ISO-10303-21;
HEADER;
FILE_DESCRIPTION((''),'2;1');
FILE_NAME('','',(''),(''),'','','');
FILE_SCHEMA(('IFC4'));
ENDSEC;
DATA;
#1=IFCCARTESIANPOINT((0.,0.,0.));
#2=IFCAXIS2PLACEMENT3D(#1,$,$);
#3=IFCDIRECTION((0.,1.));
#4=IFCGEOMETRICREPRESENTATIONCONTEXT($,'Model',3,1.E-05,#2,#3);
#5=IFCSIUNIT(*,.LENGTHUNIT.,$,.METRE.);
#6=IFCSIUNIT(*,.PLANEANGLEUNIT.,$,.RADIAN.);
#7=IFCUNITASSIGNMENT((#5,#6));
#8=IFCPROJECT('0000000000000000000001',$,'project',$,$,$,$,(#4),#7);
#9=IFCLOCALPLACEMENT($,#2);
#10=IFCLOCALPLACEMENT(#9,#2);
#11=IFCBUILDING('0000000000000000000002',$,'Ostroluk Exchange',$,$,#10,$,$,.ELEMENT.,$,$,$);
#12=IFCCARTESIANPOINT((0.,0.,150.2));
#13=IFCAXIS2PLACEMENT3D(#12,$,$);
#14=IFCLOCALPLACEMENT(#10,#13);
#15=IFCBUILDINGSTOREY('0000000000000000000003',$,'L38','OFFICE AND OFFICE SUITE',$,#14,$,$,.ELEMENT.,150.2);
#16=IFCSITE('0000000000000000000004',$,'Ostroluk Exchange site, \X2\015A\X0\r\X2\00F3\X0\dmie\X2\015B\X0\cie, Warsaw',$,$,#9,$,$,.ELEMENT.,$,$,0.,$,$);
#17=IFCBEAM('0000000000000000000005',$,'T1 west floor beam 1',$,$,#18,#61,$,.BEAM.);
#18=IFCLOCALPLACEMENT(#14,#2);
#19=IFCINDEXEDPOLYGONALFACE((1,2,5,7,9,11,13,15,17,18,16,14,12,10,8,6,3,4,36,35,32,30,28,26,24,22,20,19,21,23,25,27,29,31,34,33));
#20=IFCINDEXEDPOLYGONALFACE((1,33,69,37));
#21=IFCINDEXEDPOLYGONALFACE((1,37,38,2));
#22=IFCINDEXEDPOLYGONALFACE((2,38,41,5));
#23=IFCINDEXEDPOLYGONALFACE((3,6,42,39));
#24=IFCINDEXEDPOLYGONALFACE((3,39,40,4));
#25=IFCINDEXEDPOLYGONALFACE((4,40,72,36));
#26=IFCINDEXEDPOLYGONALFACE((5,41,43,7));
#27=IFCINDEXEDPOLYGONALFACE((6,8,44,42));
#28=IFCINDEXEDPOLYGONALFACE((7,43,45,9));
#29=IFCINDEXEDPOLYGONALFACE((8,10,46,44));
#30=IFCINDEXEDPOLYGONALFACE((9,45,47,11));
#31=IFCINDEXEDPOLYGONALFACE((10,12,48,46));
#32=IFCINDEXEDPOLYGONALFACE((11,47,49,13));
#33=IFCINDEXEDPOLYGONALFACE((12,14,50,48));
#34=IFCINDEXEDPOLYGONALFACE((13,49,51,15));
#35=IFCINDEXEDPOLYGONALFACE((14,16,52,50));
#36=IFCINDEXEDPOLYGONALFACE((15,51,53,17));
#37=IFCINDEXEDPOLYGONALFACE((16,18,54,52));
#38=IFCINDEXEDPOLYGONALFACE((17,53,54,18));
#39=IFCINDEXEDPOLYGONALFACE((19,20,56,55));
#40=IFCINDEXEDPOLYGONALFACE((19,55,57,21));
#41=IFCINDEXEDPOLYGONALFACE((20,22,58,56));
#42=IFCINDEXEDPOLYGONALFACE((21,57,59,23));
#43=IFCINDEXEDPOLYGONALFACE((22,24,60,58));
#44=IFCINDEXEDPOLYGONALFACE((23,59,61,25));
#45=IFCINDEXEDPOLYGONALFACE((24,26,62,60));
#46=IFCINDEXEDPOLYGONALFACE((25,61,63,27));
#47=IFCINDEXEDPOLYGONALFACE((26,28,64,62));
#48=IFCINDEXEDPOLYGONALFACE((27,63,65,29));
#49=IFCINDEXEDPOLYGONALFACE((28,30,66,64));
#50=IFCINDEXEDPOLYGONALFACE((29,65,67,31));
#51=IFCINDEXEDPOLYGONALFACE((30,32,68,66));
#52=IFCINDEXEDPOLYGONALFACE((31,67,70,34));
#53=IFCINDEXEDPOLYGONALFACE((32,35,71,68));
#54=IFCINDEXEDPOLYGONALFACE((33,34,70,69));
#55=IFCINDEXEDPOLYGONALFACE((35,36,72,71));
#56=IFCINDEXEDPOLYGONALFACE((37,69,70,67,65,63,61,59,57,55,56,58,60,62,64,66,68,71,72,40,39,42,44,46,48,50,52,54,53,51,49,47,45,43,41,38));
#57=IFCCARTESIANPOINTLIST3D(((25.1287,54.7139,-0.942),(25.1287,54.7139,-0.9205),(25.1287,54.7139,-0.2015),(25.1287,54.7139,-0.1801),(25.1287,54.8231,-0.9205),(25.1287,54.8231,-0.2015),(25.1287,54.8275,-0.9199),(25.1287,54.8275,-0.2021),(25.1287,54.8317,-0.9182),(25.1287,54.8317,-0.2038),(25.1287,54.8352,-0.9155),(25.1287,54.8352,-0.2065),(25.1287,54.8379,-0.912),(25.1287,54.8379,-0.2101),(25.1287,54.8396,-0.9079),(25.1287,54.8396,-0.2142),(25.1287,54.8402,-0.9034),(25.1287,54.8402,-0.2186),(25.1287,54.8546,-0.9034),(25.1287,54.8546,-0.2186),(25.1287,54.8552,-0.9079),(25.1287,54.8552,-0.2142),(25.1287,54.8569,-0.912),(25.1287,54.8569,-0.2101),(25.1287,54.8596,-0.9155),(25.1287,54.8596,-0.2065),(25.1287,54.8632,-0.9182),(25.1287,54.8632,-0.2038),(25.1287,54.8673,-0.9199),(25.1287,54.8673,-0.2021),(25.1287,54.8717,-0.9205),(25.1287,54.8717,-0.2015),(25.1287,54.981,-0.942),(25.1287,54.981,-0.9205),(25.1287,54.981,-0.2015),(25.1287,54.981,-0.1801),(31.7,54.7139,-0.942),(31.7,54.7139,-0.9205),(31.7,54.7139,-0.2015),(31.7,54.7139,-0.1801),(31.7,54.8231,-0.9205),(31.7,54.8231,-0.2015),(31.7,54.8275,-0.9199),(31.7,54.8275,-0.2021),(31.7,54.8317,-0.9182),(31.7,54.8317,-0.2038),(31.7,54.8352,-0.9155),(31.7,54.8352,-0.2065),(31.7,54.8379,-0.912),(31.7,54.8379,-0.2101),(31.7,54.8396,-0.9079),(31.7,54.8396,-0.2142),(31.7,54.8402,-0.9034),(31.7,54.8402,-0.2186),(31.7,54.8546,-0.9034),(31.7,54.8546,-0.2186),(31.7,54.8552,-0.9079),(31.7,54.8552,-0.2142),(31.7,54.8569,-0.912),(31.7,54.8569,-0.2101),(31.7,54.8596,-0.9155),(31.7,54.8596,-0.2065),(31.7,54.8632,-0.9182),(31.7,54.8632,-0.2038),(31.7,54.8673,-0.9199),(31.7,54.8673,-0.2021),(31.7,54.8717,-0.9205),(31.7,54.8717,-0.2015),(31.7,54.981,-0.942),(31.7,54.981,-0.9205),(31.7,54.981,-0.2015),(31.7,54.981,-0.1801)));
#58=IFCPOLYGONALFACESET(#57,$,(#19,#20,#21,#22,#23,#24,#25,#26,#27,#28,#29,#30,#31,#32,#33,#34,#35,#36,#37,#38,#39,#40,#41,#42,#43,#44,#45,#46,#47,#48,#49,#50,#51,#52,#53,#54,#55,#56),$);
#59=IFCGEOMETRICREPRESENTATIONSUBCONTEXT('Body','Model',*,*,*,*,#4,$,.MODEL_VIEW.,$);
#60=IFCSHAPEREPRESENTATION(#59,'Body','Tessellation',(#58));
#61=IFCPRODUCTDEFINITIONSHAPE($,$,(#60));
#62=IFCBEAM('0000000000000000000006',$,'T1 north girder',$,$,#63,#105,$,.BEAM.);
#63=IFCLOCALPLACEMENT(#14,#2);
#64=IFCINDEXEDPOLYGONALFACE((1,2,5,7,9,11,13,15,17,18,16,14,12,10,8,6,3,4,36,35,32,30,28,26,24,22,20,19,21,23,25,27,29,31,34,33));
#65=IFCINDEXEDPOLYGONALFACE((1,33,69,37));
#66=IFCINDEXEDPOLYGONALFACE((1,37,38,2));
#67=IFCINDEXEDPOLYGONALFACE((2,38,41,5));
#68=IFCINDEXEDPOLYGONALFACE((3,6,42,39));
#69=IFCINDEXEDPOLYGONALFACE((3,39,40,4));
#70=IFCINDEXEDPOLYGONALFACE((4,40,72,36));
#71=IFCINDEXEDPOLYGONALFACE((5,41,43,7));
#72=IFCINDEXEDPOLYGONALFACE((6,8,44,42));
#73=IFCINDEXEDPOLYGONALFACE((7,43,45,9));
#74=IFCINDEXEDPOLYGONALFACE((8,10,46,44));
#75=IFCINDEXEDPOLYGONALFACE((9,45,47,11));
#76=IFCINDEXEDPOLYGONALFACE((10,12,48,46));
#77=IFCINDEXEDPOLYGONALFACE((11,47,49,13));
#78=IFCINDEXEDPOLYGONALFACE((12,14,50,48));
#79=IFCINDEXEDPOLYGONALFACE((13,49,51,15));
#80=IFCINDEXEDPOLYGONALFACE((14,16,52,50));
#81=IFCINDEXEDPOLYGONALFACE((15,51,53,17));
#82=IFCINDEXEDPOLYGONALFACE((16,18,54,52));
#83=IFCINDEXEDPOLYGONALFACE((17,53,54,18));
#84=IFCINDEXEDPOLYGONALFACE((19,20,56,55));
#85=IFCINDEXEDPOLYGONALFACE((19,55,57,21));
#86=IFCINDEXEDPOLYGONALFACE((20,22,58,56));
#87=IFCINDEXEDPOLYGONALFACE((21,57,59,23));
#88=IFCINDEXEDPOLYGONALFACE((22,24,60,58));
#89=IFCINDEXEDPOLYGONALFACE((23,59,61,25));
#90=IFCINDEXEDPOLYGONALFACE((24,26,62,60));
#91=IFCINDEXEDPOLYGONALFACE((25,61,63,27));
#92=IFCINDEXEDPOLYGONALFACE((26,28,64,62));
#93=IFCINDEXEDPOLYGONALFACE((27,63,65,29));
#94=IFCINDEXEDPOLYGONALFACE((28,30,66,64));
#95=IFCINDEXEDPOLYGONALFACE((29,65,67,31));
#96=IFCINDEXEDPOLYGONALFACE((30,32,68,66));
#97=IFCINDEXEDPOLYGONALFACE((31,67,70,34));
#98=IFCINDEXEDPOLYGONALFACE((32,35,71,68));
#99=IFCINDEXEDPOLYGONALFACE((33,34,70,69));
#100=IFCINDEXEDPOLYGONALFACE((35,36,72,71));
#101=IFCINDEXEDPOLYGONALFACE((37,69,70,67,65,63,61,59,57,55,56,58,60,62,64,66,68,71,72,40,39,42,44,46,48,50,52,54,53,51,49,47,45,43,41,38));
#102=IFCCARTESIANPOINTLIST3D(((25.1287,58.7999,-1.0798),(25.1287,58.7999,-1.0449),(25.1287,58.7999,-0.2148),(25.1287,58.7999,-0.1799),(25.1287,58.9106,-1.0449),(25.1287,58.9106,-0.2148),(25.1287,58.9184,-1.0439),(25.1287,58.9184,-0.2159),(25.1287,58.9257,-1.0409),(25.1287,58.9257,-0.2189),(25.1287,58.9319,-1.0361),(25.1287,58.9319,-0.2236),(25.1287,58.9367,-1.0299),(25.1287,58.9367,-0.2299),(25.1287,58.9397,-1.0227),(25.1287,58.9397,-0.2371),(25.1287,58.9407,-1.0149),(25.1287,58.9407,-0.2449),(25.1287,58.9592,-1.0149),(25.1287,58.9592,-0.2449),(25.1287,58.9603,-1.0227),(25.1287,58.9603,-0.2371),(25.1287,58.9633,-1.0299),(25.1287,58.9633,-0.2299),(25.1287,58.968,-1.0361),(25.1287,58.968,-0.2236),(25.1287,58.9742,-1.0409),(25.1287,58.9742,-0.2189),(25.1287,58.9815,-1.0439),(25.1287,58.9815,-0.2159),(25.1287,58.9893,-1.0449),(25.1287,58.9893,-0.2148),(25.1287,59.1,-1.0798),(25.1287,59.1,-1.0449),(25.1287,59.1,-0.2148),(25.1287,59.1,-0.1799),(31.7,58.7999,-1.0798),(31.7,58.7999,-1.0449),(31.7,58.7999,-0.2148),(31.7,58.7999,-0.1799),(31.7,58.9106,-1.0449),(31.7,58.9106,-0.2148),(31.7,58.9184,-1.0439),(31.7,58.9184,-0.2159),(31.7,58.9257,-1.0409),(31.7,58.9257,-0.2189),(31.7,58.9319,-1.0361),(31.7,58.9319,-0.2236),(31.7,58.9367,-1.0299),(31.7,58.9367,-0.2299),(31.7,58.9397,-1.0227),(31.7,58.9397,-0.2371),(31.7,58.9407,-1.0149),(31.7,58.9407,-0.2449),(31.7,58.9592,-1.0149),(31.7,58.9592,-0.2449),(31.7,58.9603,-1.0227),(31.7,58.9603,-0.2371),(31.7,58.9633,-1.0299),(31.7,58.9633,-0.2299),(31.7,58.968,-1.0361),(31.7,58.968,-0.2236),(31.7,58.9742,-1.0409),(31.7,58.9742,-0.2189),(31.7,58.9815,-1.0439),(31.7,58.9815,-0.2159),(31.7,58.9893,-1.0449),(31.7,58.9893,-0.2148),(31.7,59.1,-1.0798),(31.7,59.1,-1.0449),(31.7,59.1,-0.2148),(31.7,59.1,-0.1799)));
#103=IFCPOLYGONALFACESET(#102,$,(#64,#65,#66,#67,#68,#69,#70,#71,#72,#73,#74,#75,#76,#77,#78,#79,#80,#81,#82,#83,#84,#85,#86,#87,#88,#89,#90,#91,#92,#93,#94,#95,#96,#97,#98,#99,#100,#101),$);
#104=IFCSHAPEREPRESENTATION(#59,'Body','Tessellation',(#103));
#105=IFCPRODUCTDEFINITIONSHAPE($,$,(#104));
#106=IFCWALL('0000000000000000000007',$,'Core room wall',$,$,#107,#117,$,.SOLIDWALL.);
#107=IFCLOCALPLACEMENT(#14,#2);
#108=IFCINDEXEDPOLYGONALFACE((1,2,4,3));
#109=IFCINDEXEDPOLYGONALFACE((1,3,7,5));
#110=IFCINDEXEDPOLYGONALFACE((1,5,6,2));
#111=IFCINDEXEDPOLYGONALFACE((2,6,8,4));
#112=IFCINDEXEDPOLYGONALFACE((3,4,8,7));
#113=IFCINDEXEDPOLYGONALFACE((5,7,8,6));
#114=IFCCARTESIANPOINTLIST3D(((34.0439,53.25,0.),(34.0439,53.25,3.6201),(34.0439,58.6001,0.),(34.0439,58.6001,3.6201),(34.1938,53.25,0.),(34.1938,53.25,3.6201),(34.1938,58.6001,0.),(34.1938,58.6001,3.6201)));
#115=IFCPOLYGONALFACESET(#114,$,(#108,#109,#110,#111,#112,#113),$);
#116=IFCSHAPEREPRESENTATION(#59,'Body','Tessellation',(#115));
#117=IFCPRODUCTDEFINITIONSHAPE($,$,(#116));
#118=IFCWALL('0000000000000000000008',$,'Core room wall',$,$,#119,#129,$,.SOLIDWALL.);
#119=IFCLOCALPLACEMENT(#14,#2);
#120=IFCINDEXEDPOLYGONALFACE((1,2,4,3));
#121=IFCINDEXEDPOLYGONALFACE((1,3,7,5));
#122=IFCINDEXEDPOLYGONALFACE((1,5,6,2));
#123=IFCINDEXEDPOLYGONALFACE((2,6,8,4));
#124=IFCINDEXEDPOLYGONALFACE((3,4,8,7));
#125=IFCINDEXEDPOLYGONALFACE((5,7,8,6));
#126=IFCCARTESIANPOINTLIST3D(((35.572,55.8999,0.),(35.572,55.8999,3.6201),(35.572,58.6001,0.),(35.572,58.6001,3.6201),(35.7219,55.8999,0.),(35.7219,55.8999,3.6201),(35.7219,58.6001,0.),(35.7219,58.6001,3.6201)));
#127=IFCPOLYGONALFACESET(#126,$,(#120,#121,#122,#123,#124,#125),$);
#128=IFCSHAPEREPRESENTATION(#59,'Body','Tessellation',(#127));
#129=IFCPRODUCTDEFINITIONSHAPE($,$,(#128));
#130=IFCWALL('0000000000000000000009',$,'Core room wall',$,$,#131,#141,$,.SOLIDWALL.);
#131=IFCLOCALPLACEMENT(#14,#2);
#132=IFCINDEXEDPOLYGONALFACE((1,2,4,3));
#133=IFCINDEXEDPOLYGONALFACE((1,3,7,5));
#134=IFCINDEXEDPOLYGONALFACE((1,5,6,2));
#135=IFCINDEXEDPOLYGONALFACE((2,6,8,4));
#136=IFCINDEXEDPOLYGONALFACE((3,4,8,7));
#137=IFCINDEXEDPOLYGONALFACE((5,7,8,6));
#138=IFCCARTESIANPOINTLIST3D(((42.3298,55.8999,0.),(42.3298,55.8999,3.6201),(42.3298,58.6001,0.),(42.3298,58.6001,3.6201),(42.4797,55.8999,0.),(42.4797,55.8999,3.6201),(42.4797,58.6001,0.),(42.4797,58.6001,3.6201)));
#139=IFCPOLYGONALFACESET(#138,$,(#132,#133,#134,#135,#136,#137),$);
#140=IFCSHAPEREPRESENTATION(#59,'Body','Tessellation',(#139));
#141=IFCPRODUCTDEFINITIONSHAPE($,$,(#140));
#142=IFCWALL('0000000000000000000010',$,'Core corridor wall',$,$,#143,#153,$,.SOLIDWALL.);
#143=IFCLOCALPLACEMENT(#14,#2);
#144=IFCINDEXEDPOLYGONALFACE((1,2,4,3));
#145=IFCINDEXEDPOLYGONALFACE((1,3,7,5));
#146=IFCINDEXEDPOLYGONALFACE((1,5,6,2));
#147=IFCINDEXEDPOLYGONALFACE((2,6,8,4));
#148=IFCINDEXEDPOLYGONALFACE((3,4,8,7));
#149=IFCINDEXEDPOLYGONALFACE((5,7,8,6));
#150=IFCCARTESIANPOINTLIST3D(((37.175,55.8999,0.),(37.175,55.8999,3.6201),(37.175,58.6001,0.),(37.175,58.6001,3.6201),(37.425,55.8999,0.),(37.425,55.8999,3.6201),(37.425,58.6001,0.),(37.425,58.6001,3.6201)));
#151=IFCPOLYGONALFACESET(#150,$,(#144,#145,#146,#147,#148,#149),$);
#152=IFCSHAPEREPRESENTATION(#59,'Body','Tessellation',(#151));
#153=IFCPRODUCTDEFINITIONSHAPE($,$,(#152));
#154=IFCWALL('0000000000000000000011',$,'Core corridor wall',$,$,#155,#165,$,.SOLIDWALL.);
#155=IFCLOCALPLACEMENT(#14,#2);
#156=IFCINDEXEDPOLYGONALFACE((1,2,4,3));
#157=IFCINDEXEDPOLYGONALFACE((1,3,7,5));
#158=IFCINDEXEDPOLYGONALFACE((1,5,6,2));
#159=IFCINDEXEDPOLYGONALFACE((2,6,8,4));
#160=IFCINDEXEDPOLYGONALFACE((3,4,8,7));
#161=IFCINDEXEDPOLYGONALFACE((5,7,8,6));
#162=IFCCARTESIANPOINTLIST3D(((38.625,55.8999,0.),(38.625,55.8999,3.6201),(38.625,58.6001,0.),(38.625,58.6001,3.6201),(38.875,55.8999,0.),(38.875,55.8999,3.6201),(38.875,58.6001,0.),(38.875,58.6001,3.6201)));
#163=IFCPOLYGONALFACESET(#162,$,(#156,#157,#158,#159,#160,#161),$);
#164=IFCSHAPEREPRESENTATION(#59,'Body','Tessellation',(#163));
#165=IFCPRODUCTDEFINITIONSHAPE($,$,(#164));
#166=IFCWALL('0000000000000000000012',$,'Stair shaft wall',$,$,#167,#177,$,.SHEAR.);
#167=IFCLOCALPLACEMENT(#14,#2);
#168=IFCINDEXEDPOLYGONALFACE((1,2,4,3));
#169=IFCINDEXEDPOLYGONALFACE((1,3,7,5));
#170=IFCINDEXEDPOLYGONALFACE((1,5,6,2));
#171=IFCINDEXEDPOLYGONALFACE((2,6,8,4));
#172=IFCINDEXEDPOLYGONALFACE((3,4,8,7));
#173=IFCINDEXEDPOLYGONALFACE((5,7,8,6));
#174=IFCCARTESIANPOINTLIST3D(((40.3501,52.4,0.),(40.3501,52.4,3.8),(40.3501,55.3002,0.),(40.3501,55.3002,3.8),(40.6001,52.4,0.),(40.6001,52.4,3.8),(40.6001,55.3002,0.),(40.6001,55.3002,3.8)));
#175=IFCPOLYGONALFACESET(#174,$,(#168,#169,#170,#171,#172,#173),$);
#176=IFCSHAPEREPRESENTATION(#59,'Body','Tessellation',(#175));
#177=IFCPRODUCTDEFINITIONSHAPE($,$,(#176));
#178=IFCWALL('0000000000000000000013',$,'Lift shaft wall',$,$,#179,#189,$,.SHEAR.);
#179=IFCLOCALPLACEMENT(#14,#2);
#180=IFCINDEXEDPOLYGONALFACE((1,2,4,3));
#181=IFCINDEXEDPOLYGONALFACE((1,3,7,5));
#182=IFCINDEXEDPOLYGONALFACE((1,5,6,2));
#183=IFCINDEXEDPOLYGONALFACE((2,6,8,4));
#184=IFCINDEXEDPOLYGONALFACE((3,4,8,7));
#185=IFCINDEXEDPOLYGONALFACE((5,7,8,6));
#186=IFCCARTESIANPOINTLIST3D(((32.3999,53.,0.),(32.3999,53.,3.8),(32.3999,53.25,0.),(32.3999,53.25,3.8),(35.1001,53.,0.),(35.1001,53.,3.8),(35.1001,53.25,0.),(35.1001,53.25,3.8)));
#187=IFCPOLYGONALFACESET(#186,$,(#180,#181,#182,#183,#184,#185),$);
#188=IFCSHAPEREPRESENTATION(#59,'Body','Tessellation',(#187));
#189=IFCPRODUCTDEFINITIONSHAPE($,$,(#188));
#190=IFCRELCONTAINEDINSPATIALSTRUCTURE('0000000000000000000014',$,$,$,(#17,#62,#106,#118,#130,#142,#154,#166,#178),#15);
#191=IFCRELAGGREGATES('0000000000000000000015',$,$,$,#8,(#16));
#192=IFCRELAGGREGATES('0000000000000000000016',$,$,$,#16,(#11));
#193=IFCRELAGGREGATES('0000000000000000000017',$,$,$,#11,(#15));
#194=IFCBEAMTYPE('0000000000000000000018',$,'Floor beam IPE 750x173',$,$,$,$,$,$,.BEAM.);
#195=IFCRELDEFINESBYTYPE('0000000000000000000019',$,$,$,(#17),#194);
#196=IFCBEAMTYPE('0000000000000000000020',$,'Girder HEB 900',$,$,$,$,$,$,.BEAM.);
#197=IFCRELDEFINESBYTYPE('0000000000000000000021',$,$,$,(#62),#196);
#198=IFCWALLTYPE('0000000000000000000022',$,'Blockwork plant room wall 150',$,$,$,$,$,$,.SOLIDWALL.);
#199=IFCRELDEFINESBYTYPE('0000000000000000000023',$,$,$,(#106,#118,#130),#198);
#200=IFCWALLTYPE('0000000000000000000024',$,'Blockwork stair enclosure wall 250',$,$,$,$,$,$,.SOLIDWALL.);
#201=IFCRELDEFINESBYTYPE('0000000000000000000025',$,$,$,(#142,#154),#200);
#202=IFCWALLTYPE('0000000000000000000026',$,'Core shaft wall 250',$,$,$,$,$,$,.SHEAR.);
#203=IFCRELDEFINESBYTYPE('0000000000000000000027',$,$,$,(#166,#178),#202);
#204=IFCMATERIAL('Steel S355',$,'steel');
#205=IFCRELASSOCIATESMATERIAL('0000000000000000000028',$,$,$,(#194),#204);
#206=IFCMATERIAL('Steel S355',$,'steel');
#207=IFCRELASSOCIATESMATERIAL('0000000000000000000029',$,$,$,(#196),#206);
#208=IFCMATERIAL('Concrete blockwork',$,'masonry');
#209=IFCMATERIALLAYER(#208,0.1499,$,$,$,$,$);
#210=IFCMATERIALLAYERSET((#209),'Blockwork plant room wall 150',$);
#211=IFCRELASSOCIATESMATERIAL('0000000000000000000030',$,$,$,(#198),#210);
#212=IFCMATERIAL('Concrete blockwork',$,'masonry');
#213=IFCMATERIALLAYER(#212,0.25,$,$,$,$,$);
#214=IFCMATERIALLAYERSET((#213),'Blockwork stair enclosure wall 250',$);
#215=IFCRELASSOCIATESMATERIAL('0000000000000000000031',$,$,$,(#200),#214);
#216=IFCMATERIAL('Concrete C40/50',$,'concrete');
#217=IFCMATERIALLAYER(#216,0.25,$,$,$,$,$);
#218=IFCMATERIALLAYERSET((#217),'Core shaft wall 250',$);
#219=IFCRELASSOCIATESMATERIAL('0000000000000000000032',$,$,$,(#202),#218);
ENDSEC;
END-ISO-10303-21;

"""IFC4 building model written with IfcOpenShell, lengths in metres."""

from ifc_helpers import new_model, si_unit, direction, frame, frame_2d, origin, origin_2d, place, context, subcontext, project, spatial, rectangle, i_section, extrude, material, layer, layer_set, material_profile, profile_set, type_object, element, save


model = new_model("IFC4")

# Units and contexts
model_context = context("Model", 3, precision=1e-05, world=origin(), true_north=direction((0.0, 1.0)))
body_context = subcontext(model_context, "Body", "Model", "MODEL_VIEW")
ifc_project = project(units=[si_unit("LENGTHUNIT", "METRE"), si_unit("PLANEANGLEUNIT", "RADIAN")], contexts=[model_context])

# Site, building, storey
site_placement = place(None, origin())
site = spatial("IfcSite", under=ifc_project, at=site_placement, Name="Ostroluk Exchange site, Śródmieście, Warsaw", CompositionType="ELEMENT", RefElevation=0.0)
building_placement = place(site_placement, origin())
building = spatial("IfcBuilding", under=site, at=building_placement, Name="Ostroluk Exchange", CompositionType="ELEMENT")
storey_placement = place(building_placement, frame((0.0, 0.0, 150.2)))
storey = spatial("IfcBuildingStorey", under=building, at=storey_placement, Name="L38", Description="OFFICE AND OFFICE SUITE", CompositionType="ELEMENT", Elevation=150.2)

# Beams
ifc_material_1 = material(Name="Steel S355", Category="steel")
ifc_material_profile_1 = material_profile(ifc_material_1, i_section(OverallWidth=0.2671, OverallDepth=0.762, WebThickness=0.0144, FlangeThickness=0.0215, FilletRadius=0.0171, at=origin_2d()), Name="IPE 750x173")
ifc_profile_set_1 = profile_set([ifc_material_profile_1], Name="Steel S355")
beam_type_1 = type_object("IfcBeamType", Name="Floor beam IPE 750x173", PredefinedType="BEAM", material=ifc_profile_set_1)
beam_1_placement = place(storey_placement, frame((31.7, 54.8474, -0.561), z_axis=(-1.0, 0.0, 0.0), x_axis=(0.0, -1.0, 0.0)))
element("IfcBeam", 1, at=beam_1_placement, inside=storey, type_object=beam_type_1, Name="T1 west floor beam 1", PredefinedType="BEAM", context=body_context, shape_type="SweptSolid", body=[
    extrude(i_section(OverallWidth=0.2671, OverallDepth=0.762, WebThickness=0.0144, FlangeThickness=0.0215, FilletRadius=0.0171, at=origin_2d()), origin(), (0.0, 0.0, 1.0), 6.5713),
])
ifc_material_2 = material(Name="Steel S355", Category="steel")
ifc_material_profile_2 = material_profile(ifc_material_2, i_section(OverallWidth=0.3, OverallDepth=0.8999, WebThickness=0.0186, FlangeThickness=0.0349, FilletRadius=0.03, at=origin_2d()), Name="HEB 900")
ifc_profile_set_2 = profile_set([ifc_material_profile_2], Name="Steel S355")
beam_type_2 = type_object("IfcBeamType", Name="Girder HEB 900", PredefinedType="BEAM", material=ifc_profile_set_2)
beam_2_placement = place(storey_placement, frame((31.7, 58.95, -0.6299), z_axis=(-1.0, 0.0, 0.0), x_axis=(0.0, -1.0, 0.0)))
element("IfcBeam", 2, at=beam_2_placement, inside=storey, type_object=beam_type_2, Name="T1 north girder", PredefinedType="BEAM", context=body_context, shape_type="SweptSolid", body=[
    extrude(i_section(OverallWidth=0.3, OverallDepth=0.8999, WebThickness=0.0186, FlangeThickness=0.0349, FilletRadius=0.03, at=origin_2d()), origin(), (0.0, 0.0, 1.0), 6.5713),
])

# Walls
ifc_material_3 = material(Name="Concrete blockwork", Category="masonry")
ifc_layer_1 = layer(ifc_material_3, 0.1499)
ifc_layer_set_1 = layer_set([ifc_layer_1], Name="Blockwork plant room wall 150")
wall_type_1 = type_object("IfcWallType", Name="Blockwork plant room wall 150", PredefinedType="SOLIDWALL", material=ifc_layer_set_1)
wall_1_placement = place(storey_placement, frame((34.1189, 53.25, 0.0), z_axis=(0.0, 0.0, 1.0), x_axis=(0.0, 1.0, 0.0)))
element("IfcWall", 3, at=wall_1_placement, inside=storey, type_object=wall_type_1, Name="Core room wall", PredefinedType="SOLIDWALL", context=body_context, shape_type="SweptSolid", body=[
    extrude(rectangle(XDim=5.3501, YDim=0.1499, at=frame_2d((2.675, 0.0))), origin(), (0.0, 0.0, 1.0), 3.6201),
])
for number, where, z_axis, x_axis, name in (
    (4, (35.647, 55.8999, 0.0), (0.0, 0.0, 1.0), (0.0, 1.0, 0.0), "Core room wall"),
    (5, (42.4048, 55.8999, 0.0), (0.0, 0.0, 1.0), (0.0, 1.0, 0.0), "Core room wall"),
):
    element("IfcWall", number, at=place(storey_placement, frame(where, z_axis=z_axis, x_axis=x_axis)), inside=storey, type_object=wall_type_1, Name=name, PredefinedType="SOLIDWALL", context=body_context, shape_type="SweptSolid", body=[
        extrude(rectangle(XDim=2.7002, YDim=0.1499, at=frame_2d((1.3501, 0.0))), origin(), (0.0, 0.0, 1.0), 3.6201),
    ])
ifc_material_4 = material(Name="Concrete blockwork", Category="masonry")
ifc_layer_2 = layer(ifc_material_4, 0.25)
ifc_layer_set_2 = layer_set([ifc_layer_2], Name="Blockwork stair enclosure wall 250")
wall_type_2 = type_object("IfcWallType", Name="Blockwork stair enclosure wall 250", PredefinedType="SOLIDWALL", material=ifc_layer_set_2)
for number, where, z_axis, x_axis, name in (
    (6, (37.3, 55.8999, 0.0), (0.0, 0.0, 1.0), (0.0, 1.0, 0.0), "Core corridor wall"),
    (7, (38.75, 55.8999, 0.0), (0.0, 0.0, 1.0), (0.0, 1.0, 0.0), "Core corridor wall"),
):
    element("IfcWall", number, at=place(storey_placement, frame(where, z_axis=z_axis, x_axis=x_axis)), inside=storey, type_object=wall_type_2, Name=name, PredefinedType="SOLIDWALL", context=body_context, shape_type="SweptSolid", body=[
        extrude(rectangle(XDim=2.7002, YDim=0.25, at=frame_2d((1.3501, 0.0))), origin(), (0.0, 0.0, 1.0), 3.6201),
    ])
ifc_material_5 = material(Name="Concrete C40/50", Category="concrete")
ifc_layer_3 = layer(ifc_material_5, 0.25)
ifc_layer_set_3 = layer_set([ifc_layer_3], Name="Core shaft wall 250")
wall_type_3 = type_object("IfcWallType", Name="Core shaft wall 250", PredefinedType="SHEAR", material=ifc_layer_set_3)
wall_2_placement = place(storey_placement, frame((40.4751, 52.3999, 0.0), z_axis=(0.0, 0.0, 1.0), x_axis=(0.0, 1.0, 0.0)))
element("IfcWall", 8, at=wall_2_placement, inside=storey, type_object=wall_type_3, Name="Stair shaft wall", PredefinedType="SHEAR", context=body_context, shape_type="SweptSolid", body=[
    extrude(rectangle(XDim=2.9001, YDim=0.25, at=frame_2d((1.4502, 0.0))), origin(), (0.0, 0.0, 1.0), 3.8),
])
wall_3_placement = place(storey_placement, frame((32.3999, 53.125, 0.0), z_axis=(0.0, 0.0, 1.0), x_axis=(1.0, 0.0, 0.0)))
element("IfcWall", 9, at=wall_3_placement, inside=storey, type_object=wall_type_3, Name="Lift shaft wall", PredefinedType="SHEAR", context=body_context, shape_type="SweptSolid", body=[
    extrude(rectangle(XDim=2.7002, YDim=0.25, at=frame_2d((1.3501, 0.0))), origin(), (0.0, 0.0, 1.0), 3.8),
])

save(model, "model.ifc")
